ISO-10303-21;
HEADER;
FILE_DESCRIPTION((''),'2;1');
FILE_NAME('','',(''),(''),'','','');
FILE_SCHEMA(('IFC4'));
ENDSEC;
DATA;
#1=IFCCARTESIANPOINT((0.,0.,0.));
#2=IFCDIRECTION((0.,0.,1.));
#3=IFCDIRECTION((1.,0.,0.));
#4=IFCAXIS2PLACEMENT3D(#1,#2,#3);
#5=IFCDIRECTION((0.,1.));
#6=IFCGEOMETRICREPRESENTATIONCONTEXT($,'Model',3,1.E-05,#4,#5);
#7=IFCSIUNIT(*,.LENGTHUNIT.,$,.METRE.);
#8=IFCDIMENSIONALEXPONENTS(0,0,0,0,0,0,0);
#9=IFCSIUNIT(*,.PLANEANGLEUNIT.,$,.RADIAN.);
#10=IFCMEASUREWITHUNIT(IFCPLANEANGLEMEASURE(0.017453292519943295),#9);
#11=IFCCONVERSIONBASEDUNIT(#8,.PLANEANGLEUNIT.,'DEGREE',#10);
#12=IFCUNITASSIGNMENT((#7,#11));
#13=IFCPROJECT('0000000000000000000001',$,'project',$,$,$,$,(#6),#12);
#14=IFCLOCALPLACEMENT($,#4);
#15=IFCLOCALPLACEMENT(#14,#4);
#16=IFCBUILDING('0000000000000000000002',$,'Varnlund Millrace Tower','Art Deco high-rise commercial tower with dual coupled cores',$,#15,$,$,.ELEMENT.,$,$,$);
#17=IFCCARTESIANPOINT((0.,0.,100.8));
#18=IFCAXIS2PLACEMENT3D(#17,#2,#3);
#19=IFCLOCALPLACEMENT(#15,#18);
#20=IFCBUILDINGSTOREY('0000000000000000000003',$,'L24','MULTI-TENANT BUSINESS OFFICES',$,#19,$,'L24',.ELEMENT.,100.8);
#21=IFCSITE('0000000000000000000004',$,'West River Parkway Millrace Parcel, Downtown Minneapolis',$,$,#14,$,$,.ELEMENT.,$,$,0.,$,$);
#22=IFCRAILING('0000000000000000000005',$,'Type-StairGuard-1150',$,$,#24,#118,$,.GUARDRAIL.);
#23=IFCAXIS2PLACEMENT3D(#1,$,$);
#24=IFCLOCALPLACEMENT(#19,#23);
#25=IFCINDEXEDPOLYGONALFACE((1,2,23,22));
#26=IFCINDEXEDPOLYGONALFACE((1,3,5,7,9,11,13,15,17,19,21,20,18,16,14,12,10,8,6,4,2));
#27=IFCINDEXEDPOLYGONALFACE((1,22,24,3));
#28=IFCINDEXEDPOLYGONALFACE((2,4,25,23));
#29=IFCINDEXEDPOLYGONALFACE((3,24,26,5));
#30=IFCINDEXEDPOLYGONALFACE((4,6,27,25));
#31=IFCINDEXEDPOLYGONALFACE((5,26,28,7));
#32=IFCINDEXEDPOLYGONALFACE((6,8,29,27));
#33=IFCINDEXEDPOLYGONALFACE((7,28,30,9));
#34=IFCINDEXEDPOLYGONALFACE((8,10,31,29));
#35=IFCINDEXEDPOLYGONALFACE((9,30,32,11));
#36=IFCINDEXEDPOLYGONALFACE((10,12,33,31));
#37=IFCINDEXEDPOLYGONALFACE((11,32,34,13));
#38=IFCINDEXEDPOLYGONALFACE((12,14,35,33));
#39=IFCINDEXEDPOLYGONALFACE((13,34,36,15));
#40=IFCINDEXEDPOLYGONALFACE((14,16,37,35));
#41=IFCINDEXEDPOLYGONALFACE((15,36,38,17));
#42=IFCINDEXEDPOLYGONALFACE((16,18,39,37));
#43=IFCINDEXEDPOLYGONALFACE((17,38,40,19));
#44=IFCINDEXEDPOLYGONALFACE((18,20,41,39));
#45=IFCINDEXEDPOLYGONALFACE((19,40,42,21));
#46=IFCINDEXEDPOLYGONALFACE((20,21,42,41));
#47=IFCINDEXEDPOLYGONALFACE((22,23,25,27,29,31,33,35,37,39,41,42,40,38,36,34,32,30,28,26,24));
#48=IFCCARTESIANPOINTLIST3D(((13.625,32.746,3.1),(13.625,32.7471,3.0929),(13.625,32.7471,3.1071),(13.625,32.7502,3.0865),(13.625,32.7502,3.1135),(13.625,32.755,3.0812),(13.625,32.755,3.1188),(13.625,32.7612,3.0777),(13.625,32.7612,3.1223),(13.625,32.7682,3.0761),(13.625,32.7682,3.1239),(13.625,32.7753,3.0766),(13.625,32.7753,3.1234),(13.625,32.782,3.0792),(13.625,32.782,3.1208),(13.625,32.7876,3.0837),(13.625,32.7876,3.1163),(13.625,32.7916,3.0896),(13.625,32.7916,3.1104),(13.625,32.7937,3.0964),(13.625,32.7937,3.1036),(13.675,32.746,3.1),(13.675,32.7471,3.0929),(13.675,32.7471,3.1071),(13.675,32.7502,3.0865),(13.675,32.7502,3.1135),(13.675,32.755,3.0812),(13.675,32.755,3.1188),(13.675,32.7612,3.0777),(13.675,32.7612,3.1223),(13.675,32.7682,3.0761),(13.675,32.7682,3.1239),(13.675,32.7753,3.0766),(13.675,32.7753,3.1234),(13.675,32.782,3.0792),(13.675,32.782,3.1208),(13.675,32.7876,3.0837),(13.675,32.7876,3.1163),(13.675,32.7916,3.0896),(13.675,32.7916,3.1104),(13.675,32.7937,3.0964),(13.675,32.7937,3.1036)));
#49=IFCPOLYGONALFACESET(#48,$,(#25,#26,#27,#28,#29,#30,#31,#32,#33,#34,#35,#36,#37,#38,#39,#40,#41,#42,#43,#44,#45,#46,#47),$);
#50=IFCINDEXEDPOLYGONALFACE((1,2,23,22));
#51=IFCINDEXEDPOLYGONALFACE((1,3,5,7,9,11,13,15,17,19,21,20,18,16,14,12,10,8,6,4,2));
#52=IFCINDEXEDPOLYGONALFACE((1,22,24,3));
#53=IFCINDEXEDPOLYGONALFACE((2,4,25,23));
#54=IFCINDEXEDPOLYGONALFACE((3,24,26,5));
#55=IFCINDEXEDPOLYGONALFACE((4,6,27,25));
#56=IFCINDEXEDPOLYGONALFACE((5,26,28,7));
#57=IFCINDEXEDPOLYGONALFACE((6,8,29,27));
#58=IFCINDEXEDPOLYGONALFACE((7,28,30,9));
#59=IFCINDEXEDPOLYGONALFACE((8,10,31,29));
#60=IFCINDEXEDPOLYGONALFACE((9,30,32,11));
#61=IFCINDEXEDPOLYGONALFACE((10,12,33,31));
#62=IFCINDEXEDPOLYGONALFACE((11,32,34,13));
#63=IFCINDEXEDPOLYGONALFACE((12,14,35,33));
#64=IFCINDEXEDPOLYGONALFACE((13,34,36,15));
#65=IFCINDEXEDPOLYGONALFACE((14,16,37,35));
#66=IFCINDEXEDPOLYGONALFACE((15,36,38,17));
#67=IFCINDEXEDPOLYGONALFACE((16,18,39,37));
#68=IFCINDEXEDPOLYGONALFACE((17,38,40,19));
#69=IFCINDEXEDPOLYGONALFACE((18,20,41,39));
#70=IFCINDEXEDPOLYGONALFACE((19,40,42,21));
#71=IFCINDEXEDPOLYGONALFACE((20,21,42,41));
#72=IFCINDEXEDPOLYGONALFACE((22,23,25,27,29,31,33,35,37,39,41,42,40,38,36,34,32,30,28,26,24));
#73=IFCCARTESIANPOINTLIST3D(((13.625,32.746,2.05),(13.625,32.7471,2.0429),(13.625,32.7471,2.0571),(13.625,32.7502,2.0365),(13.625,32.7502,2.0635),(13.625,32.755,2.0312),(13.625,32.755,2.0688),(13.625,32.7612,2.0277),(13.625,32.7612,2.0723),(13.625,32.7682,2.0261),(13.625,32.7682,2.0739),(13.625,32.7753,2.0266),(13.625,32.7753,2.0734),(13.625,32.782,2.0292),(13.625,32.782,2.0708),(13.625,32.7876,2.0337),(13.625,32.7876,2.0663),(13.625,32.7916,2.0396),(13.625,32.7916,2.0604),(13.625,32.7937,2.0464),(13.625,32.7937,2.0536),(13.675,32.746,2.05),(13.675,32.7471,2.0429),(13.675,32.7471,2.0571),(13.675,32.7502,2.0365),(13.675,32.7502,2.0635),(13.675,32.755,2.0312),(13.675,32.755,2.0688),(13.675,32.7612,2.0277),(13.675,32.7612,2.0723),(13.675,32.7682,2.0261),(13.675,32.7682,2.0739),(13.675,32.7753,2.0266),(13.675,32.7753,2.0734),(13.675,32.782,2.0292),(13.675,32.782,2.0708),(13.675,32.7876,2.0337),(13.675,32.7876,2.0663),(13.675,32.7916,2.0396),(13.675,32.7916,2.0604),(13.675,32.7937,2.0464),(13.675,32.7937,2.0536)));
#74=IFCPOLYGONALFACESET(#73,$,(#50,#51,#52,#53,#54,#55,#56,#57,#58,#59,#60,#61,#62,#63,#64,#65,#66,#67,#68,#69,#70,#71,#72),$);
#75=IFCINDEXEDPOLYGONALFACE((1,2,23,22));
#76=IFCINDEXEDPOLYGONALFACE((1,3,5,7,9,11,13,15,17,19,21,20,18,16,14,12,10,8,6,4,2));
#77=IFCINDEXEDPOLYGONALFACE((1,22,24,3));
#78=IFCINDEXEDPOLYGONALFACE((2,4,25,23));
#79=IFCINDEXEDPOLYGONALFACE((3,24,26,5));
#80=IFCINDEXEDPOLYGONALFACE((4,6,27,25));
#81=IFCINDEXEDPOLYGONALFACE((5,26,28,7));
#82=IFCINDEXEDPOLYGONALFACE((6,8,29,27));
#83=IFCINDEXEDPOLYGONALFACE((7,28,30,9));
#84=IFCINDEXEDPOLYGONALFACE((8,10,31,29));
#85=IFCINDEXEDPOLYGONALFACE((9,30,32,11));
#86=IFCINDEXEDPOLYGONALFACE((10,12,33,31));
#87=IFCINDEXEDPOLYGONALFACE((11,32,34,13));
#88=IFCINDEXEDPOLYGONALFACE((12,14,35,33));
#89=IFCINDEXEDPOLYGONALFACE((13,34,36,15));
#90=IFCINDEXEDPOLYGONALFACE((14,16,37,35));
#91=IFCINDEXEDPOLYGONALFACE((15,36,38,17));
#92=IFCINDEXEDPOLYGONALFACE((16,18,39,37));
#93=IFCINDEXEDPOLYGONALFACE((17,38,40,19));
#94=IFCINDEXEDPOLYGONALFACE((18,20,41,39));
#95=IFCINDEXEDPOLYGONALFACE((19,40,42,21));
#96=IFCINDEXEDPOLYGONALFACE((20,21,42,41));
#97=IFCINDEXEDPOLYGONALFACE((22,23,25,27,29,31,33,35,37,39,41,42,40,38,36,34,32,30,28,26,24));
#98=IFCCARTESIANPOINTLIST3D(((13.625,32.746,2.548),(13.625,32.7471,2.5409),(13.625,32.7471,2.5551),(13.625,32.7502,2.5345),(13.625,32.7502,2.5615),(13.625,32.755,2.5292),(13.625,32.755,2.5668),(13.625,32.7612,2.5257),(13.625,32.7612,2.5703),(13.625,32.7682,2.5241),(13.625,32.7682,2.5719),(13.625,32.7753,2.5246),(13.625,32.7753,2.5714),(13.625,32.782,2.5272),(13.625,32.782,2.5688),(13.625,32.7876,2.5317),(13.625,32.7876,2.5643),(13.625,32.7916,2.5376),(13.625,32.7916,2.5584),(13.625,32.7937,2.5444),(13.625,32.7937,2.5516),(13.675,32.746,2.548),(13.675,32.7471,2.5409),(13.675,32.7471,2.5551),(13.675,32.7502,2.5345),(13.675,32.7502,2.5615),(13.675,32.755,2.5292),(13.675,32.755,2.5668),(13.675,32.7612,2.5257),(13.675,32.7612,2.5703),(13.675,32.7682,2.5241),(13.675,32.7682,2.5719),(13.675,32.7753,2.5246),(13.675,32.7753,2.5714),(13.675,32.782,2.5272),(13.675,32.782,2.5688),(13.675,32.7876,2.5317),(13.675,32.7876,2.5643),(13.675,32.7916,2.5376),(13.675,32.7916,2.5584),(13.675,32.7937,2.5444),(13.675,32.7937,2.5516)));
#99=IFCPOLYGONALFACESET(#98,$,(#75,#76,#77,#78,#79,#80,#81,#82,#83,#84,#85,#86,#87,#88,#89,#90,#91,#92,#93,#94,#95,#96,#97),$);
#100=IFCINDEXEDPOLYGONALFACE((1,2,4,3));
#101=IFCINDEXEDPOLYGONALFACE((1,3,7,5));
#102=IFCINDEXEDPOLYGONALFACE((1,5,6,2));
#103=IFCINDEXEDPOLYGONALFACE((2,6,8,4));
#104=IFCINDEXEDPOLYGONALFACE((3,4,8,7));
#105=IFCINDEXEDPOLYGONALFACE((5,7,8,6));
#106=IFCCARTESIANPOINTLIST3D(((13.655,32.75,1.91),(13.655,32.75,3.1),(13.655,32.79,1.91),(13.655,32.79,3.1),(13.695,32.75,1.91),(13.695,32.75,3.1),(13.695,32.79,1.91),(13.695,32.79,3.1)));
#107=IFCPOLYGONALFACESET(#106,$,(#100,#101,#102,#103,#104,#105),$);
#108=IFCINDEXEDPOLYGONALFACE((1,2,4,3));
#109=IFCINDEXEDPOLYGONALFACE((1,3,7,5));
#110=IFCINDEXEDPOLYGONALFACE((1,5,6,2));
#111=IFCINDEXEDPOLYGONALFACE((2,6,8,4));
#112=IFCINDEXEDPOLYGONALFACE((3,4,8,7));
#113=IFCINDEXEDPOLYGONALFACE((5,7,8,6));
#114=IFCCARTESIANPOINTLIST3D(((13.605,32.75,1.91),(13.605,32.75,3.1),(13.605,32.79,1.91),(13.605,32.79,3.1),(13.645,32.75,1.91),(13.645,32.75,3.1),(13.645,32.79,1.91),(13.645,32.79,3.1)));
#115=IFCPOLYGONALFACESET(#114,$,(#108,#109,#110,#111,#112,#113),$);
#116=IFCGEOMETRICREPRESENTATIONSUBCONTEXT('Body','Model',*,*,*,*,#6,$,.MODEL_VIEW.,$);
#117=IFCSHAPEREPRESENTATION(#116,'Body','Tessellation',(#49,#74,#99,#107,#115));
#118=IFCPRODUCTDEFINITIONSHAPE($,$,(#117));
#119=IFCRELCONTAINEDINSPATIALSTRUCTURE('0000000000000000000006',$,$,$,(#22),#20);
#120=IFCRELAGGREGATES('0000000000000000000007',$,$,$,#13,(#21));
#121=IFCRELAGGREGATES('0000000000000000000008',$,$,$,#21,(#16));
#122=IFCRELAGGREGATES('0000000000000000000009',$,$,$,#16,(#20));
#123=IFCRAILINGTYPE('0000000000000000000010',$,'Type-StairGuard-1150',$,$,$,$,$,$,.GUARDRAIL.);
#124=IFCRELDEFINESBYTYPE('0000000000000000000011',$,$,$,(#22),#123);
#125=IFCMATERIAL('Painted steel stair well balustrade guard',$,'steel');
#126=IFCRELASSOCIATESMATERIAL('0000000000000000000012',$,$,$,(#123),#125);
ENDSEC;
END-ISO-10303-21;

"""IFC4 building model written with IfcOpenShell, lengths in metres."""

from ifc_helpers import new_model, entity, si_unit, converted_unit, direction, frame, origin_with_axes, origin_2d_with_axis, place, context, subcontext, project, spatial, rectangle, circle, extrude, material, type_object, element, save


model = new_model("IFC4")

# Units and contexts
model_context = context("Model", 3, precision=1e-05, world=origin_with_axes(), true_north=direction((0.0, 1.0)))
body_context = subcontext(model_context, "Body", "Model", "MODEL_VIEW")
ifc_project = project(units=[si_unit("LENGTHUNIT", "METRE"), converted_unit("PLANEANGLEUNIT", "DEGREE", entity("IfcPlaneAngleMeasure", 0.017453292519943295), si_unit("PLANEANGLEUNIT", "RADIAN"), dimensions=[0, 0, 0, 0, 0, 0, 0])], contexts=[model_context])

# Site, building, storey
site_placement = place(None, origin_with_axes())
site = spatial("IfcSite", under=ifc_project, at=site_placement, Name="West River Parkway Millrace Parcel, Downtown Minneapolis", CompositionType="ELEMENT", RefElevation=0.0)
building_placement = place(site_placement, origin_with_axes())
building = spatial("IfcBuilding", under=site, at=building_placement, Name="Varnlund Millrace Tower", Description="Art Deco high-rise commercial tower with dual coupled cores", CompositionType="ELEMENT")
storey_placement = place(building_placement, frame((0.0, 0.0, 100.8), z_axis=(0.0, 0.0, 1.0), x_axis=(1.0, 0.0, 0.0)))
storey = spatial("IfcBuildingStorey", under=building, at=storey_placement, Name="L24", Description="MULTI-TENANT BUSINESS OFFICES", LongName="L24", CompositionType="ELEMENT", Elevation=100.8)

# Railing
ifc_material_1 = material(Name="Painted steel stair well balustrade guard", Category="steel")
railing_type_1 = type_object("IfcRailingType", Name="Type-StairGuard-1150", PredefinedType="GUARDRAIL", material=ifc_material_1)
railing_1_placement = place(storey_placement, frame((0.0, 0.0, -100.8), z_axis=(0.0, 0.0, 1.0), x_axis=(1.0, 0.0, 0.0)))
element("IfcRailing", 1, at=railing_1_placement, inside=storey, type_object=railing_type_1, Name="Type-StairGuard-1150", PredefinedType="GUARDRAIL", context=body_context, shape_type="SweptSolid", body=[
    extrude(circle(Radius=0.024, at=origin_2d_with_axis()), frame((13.675, 32.77, 103.9), z_axis=(-1.0, 0.0, 0.0), x_axis=(0.0, -1.0, 0.0)), (0.0, 0.0, 1.0), 0.05),
    extrude(circle(Radius=0.024, at=origin_2d_with_axis()), frame((13.675, 32.77, 102.85), z_axis=(-1.0, 0.0, 0.0), x_axis=(0.0, -1.0, 0.0)), (0.0, 0.0, 1.0), 0.05),
    extrude(circle(Radius=0.024, at=origin_2d_with_axis()), frame((13.675, 32.77, 103.348), z_axis=(-1.0, 0.0, 0.0), x_axis=(0.0, -1.0, 0.0)), (0.0, 0.0, 1.0), 0.05),
    extrude(rectangle(XDim=0.04, YDim=0.04, at=origin_2d_with_axis()), frame((13.675, 32.77, 102.71), z_axis=(0.0, 0.0, 1.0), x_axis=(1.0, 0.0, 0.0)), (0.0, 0.0, 1.0), 1.19),
    extrude(rectangle(XDim=0.04, YDim=0.04, at=origin_2d_with_axis()), frame((13.625, 32.77, 102.71), z_axis=(0.0, 0.0, 1.0), x_axis=(1.0, 0.0, 0.0)), (0.0, 0.0, 1.0), 1.19),
])

save(model, "model.ifc")
